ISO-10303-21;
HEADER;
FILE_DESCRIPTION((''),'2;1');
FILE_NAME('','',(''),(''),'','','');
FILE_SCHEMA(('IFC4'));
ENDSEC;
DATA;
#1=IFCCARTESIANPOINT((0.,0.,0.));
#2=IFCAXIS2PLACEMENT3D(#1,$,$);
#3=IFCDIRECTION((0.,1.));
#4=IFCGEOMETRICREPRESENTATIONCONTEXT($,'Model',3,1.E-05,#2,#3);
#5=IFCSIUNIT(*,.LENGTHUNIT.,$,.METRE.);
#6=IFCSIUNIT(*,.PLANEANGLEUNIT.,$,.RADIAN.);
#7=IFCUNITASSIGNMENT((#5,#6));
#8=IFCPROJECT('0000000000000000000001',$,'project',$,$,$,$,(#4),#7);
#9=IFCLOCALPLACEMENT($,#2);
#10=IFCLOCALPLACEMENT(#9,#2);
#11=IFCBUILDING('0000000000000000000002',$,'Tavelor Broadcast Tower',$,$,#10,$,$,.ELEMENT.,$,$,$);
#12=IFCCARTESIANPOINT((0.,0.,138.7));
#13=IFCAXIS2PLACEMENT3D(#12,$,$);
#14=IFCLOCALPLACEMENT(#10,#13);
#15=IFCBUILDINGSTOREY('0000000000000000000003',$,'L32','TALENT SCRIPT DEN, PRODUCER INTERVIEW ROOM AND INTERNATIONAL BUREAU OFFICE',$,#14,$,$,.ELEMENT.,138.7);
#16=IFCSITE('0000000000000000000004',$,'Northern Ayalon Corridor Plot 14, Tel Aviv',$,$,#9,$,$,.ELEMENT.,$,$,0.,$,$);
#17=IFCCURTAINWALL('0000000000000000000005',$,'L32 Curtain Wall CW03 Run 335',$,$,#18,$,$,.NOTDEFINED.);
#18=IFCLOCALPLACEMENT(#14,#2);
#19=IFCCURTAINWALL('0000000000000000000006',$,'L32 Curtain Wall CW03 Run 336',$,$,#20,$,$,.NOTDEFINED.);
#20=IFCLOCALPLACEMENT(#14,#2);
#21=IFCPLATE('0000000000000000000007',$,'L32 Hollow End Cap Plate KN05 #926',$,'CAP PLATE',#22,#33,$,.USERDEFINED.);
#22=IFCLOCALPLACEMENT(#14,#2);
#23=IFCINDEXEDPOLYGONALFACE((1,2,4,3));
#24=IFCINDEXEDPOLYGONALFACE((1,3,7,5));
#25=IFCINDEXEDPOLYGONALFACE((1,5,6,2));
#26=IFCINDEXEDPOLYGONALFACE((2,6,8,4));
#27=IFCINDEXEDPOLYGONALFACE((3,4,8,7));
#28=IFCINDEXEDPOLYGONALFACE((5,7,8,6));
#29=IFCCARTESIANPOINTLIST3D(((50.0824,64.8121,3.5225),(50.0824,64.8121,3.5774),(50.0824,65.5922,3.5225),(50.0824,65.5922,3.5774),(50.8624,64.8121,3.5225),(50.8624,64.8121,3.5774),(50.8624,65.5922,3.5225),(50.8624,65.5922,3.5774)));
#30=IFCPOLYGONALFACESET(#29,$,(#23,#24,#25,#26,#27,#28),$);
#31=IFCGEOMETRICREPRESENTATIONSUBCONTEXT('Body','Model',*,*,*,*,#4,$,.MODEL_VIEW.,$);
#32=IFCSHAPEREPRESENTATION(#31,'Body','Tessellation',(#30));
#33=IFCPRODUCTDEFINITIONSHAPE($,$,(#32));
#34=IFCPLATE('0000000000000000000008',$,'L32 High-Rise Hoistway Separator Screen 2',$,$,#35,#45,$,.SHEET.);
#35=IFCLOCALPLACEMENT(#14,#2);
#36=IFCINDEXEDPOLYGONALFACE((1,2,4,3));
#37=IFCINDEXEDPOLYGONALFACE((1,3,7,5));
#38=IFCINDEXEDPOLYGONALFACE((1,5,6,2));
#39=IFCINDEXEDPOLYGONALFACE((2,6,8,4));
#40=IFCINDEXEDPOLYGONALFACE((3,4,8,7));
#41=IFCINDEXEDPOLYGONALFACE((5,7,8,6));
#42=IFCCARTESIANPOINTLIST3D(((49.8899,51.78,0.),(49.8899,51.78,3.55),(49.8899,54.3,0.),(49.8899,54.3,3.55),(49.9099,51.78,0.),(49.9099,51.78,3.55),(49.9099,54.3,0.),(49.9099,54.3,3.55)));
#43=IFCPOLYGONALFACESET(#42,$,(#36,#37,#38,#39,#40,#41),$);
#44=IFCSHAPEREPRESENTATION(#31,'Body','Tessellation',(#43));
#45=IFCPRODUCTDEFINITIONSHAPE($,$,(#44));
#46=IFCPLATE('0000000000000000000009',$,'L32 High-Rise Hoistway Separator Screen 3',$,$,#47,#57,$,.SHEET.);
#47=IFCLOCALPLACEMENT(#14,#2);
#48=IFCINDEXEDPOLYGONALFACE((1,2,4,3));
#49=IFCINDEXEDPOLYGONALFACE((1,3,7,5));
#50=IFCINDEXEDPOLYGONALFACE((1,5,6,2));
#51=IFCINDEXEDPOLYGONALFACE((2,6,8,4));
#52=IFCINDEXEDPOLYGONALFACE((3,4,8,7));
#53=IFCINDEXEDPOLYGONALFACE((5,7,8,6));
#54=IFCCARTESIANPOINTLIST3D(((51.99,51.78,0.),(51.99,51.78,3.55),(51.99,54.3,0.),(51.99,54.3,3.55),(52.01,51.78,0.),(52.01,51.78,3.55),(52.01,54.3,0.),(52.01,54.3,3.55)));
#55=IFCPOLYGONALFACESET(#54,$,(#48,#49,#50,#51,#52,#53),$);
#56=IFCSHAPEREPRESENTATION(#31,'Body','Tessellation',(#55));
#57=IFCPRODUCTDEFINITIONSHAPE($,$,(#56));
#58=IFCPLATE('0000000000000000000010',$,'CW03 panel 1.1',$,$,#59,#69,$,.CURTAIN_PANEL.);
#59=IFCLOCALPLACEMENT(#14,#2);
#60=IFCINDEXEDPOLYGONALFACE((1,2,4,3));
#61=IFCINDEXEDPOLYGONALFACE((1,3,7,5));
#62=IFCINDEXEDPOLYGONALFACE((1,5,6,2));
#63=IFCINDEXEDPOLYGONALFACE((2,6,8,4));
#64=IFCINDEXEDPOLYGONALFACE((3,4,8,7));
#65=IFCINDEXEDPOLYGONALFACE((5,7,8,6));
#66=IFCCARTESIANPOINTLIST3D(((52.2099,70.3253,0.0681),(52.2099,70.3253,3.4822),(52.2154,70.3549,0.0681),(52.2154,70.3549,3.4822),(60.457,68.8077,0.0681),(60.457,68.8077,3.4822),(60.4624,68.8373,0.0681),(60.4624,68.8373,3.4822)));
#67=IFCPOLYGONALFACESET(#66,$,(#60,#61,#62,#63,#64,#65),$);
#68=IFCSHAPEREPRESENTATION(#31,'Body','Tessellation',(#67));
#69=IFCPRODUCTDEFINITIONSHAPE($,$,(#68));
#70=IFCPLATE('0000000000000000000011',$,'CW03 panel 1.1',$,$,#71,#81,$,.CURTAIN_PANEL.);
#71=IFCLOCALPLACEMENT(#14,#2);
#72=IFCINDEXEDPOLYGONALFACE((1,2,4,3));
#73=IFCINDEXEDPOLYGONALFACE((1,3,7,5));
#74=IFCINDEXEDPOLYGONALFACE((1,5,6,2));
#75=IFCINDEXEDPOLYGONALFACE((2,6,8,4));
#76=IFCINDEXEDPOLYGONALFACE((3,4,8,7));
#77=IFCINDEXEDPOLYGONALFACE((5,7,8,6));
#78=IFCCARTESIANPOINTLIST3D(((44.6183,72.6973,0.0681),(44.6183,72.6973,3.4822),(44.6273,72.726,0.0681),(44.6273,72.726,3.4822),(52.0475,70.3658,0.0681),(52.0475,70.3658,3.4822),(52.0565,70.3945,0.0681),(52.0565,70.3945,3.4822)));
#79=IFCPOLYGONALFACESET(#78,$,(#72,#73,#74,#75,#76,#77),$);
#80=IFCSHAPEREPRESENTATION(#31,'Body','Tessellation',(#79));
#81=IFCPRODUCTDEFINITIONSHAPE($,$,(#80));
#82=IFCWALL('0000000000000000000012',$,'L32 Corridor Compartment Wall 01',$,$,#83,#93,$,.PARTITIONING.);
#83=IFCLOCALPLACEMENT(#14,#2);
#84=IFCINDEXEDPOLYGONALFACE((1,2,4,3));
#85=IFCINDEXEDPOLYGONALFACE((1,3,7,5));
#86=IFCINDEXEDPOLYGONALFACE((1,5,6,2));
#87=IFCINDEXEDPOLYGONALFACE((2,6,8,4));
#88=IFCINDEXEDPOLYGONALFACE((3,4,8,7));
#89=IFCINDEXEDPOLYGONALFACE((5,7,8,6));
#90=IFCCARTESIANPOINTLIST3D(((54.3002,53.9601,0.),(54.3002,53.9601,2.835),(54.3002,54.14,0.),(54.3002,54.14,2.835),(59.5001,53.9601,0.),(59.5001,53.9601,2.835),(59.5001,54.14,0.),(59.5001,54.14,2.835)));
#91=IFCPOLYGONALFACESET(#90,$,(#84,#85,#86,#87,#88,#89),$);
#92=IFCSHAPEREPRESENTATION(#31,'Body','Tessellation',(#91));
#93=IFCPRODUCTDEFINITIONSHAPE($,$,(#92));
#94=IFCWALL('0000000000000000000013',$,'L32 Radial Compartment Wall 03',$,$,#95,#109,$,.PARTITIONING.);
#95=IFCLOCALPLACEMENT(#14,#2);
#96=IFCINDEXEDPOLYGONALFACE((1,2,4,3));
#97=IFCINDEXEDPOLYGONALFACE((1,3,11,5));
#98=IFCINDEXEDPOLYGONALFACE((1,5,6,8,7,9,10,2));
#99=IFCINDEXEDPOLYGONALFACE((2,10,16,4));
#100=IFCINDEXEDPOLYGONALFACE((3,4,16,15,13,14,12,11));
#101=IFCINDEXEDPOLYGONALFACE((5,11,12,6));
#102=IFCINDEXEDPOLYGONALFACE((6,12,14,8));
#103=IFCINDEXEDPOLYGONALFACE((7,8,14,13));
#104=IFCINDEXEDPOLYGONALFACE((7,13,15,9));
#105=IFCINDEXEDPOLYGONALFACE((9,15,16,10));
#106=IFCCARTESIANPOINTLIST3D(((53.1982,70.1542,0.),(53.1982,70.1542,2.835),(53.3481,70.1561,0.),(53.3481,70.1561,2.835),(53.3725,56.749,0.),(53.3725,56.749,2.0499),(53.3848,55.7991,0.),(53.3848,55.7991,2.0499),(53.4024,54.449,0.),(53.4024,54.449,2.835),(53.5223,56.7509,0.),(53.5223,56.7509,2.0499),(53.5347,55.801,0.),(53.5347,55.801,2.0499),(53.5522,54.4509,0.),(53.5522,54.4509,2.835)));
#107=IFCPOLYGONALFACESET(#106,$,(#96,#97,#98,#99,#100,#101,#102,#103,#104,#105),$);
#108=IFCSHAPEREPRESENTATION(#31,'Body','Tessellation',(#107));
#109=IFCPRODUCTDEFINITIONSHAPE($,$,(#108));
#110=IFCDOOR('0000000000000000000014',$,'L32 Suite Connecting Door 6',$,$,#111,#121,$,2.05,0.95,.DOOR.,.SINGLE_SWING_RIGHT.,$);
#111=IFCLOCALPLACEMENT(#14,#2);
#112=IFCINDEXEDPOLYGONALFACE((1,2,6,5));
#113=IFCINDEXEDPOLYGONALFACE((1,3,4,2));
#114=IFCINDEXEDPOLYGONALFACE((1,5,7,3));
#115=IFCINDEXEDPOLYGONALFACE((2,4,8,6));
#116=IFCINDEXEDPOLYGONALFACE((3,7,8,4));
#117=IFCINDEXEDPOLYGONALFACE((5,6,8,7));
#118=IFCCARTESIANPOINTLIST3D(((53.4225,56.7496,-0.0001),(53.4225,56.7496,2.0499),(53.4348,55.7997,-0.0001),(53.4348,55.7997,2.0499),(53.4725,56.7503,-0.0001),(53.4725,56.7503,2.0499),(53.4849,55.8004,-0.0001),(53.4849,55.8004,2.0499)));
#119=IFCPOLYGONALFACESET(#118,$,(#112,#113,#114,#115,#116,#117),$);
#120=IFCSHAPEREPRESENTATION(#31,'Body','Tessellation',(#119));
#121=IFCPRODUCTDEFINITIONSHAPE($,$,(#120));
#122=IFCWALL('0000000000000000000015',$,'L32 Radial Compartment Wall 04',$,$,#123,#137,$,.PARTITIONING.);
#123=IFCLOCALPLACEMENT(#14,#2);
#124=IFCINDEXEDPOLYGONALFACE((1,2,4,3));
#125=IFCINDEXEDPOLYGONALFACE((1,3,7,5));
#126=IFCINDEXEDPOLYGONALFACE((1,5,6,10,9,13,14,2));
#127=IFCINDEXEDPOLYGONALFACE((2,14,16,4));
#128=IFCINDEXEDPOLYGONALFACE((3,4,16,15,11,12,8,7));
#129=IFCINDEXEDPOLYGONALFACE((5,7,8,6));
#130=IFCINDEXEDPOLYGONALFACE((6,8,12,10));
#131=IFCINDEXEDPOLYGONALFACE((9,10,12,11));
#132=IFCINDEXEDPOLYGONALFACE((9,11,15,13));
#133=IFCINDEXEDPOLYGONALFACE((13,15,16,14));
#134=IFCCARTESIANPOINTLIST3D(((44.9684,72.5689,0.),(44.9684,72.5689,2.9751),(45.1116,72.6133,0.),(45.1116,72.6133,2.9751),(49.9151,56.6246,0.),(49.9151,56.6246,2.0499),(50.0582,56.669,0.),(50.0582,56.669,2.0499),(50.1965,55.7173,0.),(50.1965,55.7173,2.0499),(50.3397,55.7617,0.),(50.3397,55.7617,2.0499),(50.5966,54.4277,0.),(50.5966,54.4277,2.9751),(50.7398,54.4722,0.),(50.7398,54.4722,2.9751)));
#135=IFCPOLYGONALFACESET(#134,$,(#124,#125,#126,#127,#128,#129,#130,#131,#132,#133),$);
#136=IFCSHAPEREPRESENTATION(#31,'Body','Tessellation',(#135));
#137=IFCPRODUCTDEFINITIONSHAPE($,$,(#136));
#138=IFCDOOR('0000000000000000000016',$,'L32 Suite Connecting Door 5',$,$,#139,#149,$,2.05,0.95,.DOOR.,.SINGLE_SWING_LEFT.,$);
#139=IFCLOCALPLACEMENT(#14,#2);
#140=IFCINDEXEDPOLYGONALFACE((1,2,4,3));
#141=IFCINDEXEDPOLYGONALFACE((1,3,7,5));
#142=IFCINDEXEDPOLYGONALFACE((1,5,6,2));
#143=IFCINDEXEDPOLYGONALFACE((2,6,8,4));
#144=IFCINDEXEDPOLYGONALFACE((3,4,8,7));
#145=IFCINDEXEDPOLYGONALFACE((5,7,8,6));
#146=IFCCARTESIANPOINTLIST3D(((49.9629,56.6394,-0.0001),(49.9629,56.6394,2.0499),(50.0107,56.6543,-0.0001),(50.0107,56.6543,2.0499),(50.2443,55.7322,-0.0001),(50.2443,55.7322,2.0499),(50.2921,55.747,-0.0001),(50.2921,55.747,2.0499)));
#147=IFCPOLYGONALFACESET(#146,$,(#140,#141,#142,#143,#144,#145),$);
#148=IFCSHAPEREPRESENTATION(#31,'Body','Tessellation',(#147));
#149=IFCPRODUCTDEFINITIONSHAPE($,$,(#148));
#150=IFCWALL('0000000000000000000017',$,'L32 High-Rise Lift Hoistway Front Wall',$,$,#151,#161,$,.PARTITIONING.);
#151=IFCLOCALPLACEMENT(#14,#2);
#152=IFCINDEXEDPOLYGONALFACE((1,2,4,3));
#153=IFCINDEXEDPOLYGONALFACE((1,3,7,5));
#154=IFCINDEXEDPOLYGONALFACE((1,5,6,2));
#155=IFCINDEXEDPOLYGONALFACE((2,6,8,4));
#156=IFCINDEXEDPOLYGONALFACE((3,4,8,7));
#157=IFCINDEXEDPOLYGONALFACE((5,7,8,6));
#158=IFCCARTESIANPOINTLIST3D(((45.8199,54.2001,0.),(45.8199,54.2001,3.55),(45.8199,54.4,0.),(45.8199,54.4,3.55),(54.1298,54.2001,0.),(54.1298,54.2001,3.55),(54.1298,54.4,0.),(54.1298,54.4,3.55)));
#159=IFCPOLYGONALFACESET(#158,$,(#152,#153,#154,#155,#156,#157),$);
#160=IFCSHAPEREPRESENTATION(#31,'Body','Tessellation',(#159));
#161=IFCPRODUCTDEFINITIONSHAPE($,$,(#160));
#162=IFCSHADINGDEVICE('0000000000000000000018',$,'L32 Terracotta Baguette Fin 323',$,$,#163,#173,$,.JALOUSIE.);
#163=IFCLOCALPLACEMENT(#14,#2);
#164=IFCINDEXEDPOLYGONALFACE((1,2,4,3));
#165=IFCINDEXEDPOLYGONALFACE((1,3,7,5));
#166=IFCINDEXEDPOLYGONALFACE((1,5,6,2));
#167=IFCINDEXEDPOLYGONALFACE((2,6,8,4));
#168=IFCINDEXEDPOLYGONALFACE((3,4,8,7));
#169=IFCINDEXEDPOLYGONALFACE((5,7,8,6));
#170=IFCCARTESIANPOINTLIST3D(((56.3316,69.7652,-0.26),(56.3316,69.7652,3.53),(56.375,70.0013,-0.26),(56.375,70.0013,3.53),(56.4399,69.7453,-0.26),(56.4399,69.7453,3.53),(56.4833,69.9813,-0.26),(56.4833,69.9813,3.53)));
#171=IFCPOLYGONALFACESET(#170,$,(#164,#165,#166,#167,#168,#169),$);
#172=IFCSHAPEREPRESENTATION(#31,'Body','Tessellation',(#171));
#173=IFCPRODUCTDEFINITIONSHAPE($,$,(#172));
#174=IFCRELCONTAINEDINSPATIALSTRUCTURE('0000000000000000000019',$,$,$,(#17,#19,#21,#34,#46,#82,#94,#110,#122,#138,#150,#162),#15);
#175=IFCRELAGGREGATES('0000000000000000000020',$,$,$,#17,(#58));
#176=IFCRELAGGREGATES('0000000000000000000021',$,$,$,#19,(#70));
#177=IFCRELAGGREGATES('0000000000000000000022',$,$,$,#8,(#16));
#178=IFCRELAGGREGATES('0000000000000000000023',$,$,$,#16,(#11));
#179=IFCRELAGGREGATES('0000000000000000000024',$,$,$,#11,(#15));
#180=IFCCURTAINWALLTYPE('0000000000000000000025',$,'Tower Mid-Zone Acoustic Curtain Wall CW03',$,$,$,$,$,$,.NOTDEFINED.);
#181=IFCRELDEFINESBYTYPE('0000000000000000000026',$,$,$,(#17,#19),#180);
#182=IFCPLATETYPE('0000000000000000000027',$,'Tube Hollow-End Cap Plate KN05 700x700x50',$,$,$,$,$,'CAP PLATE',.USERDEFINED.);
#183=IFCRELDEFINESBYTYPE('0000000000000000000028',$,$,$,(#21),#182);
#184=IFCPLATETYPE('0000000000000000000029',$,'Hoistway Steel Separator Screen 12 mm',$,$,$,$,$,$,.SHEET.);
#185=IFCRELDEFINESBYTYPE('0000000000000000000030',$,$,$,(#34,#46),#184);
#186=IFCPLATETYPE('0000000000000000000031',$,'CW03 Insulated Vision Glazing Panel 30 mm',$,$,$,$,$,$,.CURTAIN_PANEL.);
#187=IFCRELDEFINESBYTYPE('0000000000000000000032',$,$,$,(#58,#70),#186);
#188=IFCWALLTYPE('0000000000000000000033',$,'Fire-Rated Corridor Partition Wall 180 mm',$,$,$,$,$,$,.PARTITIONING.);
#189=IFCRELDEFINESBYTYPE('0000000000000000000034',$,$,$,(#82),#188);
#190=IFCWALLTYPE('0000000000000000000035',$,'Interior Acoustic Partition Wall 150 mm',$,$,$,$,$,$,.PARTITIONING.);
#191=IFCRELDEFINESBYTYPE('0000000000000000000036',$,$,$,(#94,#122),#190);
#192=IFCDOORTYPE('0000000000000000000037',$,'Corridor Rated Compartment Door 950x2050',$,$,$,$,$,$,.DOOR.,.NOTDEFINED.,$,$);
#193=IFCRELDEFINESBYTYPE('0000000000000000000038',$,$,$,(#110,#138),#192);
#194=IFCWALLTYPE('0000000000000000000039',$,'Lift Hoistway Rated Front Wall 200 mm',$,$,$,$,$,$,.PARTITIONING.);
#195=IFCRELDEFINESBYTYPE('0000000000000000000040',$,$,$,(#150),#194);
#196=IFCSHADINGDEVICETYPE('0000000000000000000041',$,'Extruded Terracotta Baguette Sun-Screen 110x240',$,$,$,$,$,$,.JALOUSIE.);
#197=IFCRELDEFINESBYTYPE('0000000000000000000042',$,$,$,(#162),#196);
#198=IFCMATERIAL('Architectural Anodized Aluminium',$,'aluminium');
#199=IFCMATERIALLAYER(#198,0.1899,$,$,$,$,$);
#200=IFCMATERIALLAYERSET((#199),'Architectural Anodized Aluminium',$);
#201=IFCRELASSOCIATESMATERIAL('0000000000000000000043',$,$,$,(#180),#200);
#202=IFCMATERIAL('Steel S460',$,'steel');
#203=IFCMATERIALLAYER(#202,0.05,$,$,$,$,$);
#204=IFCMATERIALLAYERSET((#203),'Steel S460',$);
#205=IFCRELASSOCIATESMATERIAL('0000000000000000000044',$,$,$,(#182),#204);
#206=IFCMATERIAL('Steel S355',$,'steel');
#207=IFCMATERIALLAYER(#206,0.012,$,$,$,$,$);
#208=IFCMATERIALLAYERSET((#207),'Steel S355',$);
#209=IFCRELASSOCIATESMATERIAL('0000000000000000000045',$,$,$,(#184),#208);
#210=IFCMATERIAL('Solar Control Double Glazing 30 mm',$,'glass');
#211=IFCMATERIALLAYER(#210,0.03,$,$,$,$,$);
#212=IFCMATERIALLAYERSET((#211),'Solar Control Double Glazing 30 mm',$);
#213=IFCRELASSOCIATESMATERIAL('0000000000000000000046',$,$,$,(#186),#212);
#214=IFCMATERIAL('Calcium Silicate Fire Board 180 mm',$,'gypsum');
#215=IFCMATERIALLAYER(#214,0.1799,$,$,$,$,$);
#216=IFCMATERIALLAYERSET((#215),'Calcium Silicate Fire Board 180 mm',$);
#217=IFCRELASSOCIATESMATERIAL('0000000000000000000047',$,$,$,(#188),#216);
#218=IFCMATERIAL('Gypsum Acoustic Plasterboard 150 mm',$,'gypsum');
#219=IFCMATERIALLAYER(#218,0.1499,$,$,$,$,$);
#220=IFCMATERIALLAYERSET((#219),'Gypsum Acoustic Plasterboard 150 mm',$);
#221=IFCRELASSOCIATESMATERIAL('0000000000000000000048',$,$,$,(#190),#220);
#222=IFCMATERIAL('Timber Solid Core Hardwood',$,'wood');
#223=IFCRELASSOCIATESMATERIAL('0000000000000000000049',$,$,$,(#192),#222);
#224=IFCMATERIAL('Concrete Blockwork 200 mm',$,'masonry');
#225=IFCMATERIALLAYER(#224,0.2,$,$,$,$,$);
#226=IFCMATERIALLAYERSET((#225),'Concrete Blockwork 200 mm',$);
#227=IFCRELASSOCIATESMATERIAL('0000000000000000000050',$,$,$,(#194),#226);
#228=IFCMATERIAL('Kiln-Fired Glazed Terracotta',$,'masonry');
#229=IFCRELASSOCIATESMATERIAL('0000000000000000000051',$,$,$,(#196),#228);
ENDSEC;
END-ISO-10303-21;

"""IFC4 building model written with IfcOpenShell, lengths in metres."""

from ifc_helpers import new_model, si_unit, direction, frame, frame_2d, origin, origin_2d, place, context, subcontext, project, spatial, rectangle, extrude, source, transform, mapped, material, layer, layer_set, type_object, type_shapes, element, fill, aggregate, save


model = new_model("IFC4")

# Units and contexts
model_context = context("Model", 3, precision=1e-05, world=origin(), true_north=direction((0.0, 1.0)))
body_context = subcontext(model_context, "Body", "Model", "MODEL_VIEW")
ifc_project = project(units=[si_unit("LENGTHUNIT", "METRE"), si_unit("PLANEANGLEUNIT", "RADIAN")], contexts=[model_context])

# Site, building, storey
site_placement = place(None, origin())
site = spatial("IfcSite", under=ifc_project, at=site_placement, Name="Northern Ayalon Corridor Plot 14, Tel Aviv", CompositionType="ELEMENT", RefElevation=0.0)
building_placement = place(site_placement, origin())
building = spatial("IfcBuilding", under=site, at=building_placement, Name="Tavelor Broadcast Tower", CompositionType="ELEMENT")
storey_placement = place(building_placement, frame((0.0, 0.0, 138.7)))
storey = spatial("IfcBuildingStorey", under=building, at=storey_placement, Name="L32", Description="TALENT SCRIPT DEN, PRODUCER INTERVIEW ROOM AND INTERNATIONAL BUREAU OFFICE", CompositionType="ELEMENT", Elevation=138.7)

# Shared definitions
ifc_material_1 = material(Name="Steel S460", Category="steel")

# Shared definitions
ifc_material_2 = material(Name="Steel S355", Category="steel")

# Curtain wall
ifc_material_3 = material(Name="Architectural Anodized Aluminium", Category="aluminium")
ifc_layer_1 = layer(ifc_material_3, 0.1899)
ifc_layer_set_1 = layer_set([ifc_layer_1], Name="Architectural Anodized Aluminium")
curtain_wall_type = type_object("IfcCurtainWallType", Name="Tower Mid-Zone Acoustic Curtain Wall CW03", PredefinedType="NOTDEFINED", material=ifc_layer_set_1)
curtain_wall_1_placement = place(storey_placement, origin())
curtain_wall_1 = element("IfcCurtainWall", 1, at=curtain_wall_1_placement, inside=storey, type_object=curtain_wall_type, Name="L32 Curtain Wall CW03 Run 335", PredefinedType="NOTDEFINED")

# Curtain wall
curtain_wall_2_placement = place(storey_placement, origin())
curtain_wall_2 = element("IfcCurtainWall", 2, at=curtain_wall_2_placement, inside=storey, type_object=curtain_wall_type, Name="L32 Curtain Wall CW03 Run 336", PredefinedType="NOTDEFINED")

# Plates
ifc_layer_2 = layer(ifc_material_1, 0.05)
ifc_layer_set_2 = layer_set([ifc_layer_2], Name="Steel S460")
plate_type_1 = type_object("IfcPlateType", Name="Tube Hollow-End Cap Plate KN05 700x700x50", ElementType="CAP PLATE", PredefinedType="USERDEFINED", material=ifc_layer_set_2)
shared_shape_1 = source(origin(), body_context, "Body", "SweptSolid", [
    extrude(rectangle(XDim=0.78, YDim=0.78, at=origin_2d()), origin(), (0.0, 0.0, 1.0), 0.0549),
])
type_shapes(plate_type_1, [shared_shape_1])
plate_1_placement = place(storey_placement, frame((50.4724, 65.2021, 3.5225), z_axis=(0.0, 0.0, 1.0), x_axis=(1.0, 0.0, 0.0)))
element("IfcPlate", 3, at=plate_1_placement, inside=storey, type_object=plate_type_1, Name="L32 Hollow End Cap Plate KN05 #926", ObjectType="CAP PLATE", PredefinedType="USERDEFINED", context=body_context, shape_type="MappedRepresentation", body=[
    mapped(shared_shape_1, transform((0.0, 0.0, 0.0), scale=1.0)),
])
ifc_layer_3 = layer(ifc_material_2, 0.012)
ifc_layer_set_3 = layer_set([ifc_layer_3], Name="Steel S355")
plate_type_2 = type_object("IfcPlateType", Name="Hoistway Steel Separator Screen 12 mm", PredefinedType="SHEET", material=ifc_layer_set_3)
shared_shape_2 = source(origin(), body_context, "Body", "SweptSolid", [
    extrude(rectangle(XDim=0.02, YDim=2.52, at=origin_2d()), origin(), (0.0, 0.0, 1.0), 3.55),
])
type_shapes(plate_type_2, [shared_shape_2])
for number, where, z_axis, x_axis, name in (
    (4, (49.8999, 53.04, 0.0), (0.0, 0.0, 1.0), (1.0, 0.0, 0.0), "L32 High-Rise Hoistway Separator Screen 2"),
    (5, (52.0, 53.04, 0.0), (0.0, 0.0, 1.0), (1.0, 0.0, 0.0), "L32 High-Rise Hoistway Separator Screen 3"),
):
    element("IfcPlate", number, at=place(storey_placement, frame(where, z_axis=z_axis, x_axis=x_axis)), inside=storey, type_object=plate_type_2, Name=name, PredefinedType="SHEET", context=body_context, shape_type="MappedRepresentation", body=[
        mapped(shared_shape_2, transform((0.0, 0.0, 0.0), scale=1.0)),
    ])

# Plates
ifc_material_4 = material(Name="Solar Control Double Glazing 30 mm", Category="glass")
ifc_layer_4 = layer(ifc_material_4, 0.03)
ifc_layer_set_4 = layer_set([ifc_layer_4], Name="Solar Control Double Glazing 30 mm")
plate_type_3 = type_object("IfcPlateType", Name="CW03 Insulated Vision Glazing Panel 30 mm", PredefinedType="CURTAIN_PANEL", material=ifc_layer_set_4)
shared_shape_3 = source(origin(), body_context, "Body", "SweptSolid", [
    extrude(rectangle(XDim=8.3855, YDim=0.03, at=origin_2d()), origin(), (0.0, 0.0, 1.0), 3.4141),
])
plate_2_placement = place(storey_placement, frame((56.3362, 69.5813, 0.0681), z_axis=(0.0, 0.0, 1.0), x_axis=(-0.983487, 0.180977, 0.0)))
plate_2 = element("IfcPlate", 6, at=plate_2_placement, type_object=plate_type_3, Name="CW03 panel 1.1", PredefinedType="CURTAIN_PANEL", context=body_context, shape_type="MappedRepresentation", body=[
    mapped(shared_shape_3, transform((0.0, 0.0, 0.0), scale=1.0)),
])
aggregate(curtain_wall_1, [plate_2])
shared_shape_4 = source(origin(), body_context, "Body", "SweptSolid", [
    extrude(rectangle(XDim=7.7864, YDim=0.03, at=origin_2d()), origin(), (0.0, 0.0, 1.0), 3.4141),
])
type_shapes(plate_type_3, [shared_shape_3, shared_shape_4])
plate_3_placement = place(storey_placement, frame((48.3374, 71.5459, 0.0681), z_axis=(0.0, 0.0, 1.0), x_axis=(-0.954117, 0.299433, 0.0)))
plate_3 = element("IfcPlate", 7, at=plate_3_placement, type_object=plate_type_3, Name="CW03 panel 1.1", PredefinedType="CURTAIN_PANEL", context=body_context, shape_type="MappedRepresentation", body=[
    mapped(shared_shape_4, transform((0.0, 0.0, 0.0), scale=1.0)),
])
aggregate(curtain_wall_2, [plate_3])

# Wall
ifc_material_5 = material(Name="Calcium Silicate Fire Board 180 mm", Category="gypsum")
ifc_layer_5 = layer(ifc_material_5, 0.1799)
ifc_layer_set_5 = layer_set([ifc_layer_5], Name="Calcium Silicate Fire Board 180 mm")
wall_type_1 = type_object("IfcWallType", Name="Fire-Rated Corridor Partition Wall 180 mm", PredefinedType="PARTITIONING", material=ifc_layer_set_5)
wall_1_placement = place(storey_placement, frame((54.3, 54.05, 0.0), z_axis=(0.0, 0.0, 1.0), x_axis=(1.0, 0.0, 0.0)))
element("IfcWall", 8, at=wall_1_placement, inside=storey, type_object=wall_type_1, Name="L32 Corridor Compartment Wall 01", PredefinedType="PARTITIONING", context=body_context, shape_type="SweptSolid", body=[
    extrude(rectangle(XDim=5.2, YDim=0.1799, at=frame_2d((2.6001, 0.0))), origin(), (0.0, 0.0, 1.0), 2.835),
])

# Walls, openings, doors
ifc_material_6 = material(Name="Gypsum Acoustic Plasterboard 150 mm", Category="gypsum")
ifc_layer_6 = layer(ifc_material_6, 0.1499)
ifc_layer_set_6 = layer_set([ifc_layer_6], Name="Gypsum Acoustic Plasterboard 150 mm")
wall_type_2 = type_object("IfcWallType", Name="Interior Acoustic Partition Wall 150 mm", PredefinedType="PARTITIONING", material=ifc_layer_set_6)
wall_2_placement = place(storey_placement, frame((53.4773, 54.45, 0.0), z_axis=(0.0, 0.0, 1.0), x_axis=(-0.012995, 0.999916, 0.0)))
wall_2 = element("IfcWall", 9, at=wall_2_placement, inside=storey, type_object=wall_type_2, Name="L32 Radial Compartment Wall 03", PredefinedType="PARTITIONING", context=body_context, shape_type="SweptSolid", body=[
    extrude(rectangle(XDim=15.7065, YDim=0.1499, at=frame_2d((7.8533, 0.0))), origin(), (0.0, 0.0, 1.0), 2.835),
])
opening_1_placement = place(wall_2_placement, frame((1.3501, 0.0, 0.0)))
opening_1 = element("IfcOpeningElement", 10, at=opening_1_placement, cuts=wall_2, PredefinedType="OPENING", context=body_context, shape_type="SweptSolid", body=[
    extrude(rectangle(XDim=0.95, YDim=2.05, at=frame_2d((0.4751, 1.0249))), frame((0.0, 0.085, 0.0), z_axis=(0.0, -1.0, 0.0), x_axis=(1.0, 0.0, 0.0)), (0.0, 0.0, 1.0), 0.1699),
])
ifc_material_7 = material(Name="Timber Solid Core Hardwood", Category="wood")
door_type = type_object("IfcDoorType", Name="Corridor Rated Compartment Door 950x2050", OperationType="NOTDEFINED", PredefinedType="DOOR", material=ifc_material_7)
door_1_placement = place(opening_1_placement, origin())
door_1 = element("IfcDoor", 11, at=door_1_placement, inside=storey, type_object=door_type, Name="L32 Suite Connecting Door 6", OperationType="SINGLE_SWING_RIGHT", OverallHeight=2.05, OverallWidth=0.95, PredefinedType="DOOR", context=body_context, shape_type="SweptSolid", body=[
    extrude(rectangle(XDim=0.95, YDim=2.05, at=frame_2d((0.4751, 1.0249))), frame((0.0, 0.0249, 0.0), z_axis=(0.0, -1.0, 0.0), x_axis=(1.0, 0.0, 0.0)), (0.0, 0.0, 1.0), 0.05),
])
fill(opening_1, door_1)
wall_3_placement = place(storey_placement, frame((50.6682, 54.45, 0.0), z_axis=(0.0, 0.0, 1.0), x_axis=(-0.296311, 0.955091, 0.0)))
wall_3 = element("IfcWall", 12, at=wall_3_placement, inside=storey, type_object=wall_type_2, Name="L32 Radial Compartment Wall 04", PredefinedType="PARTITIONING", context=body_context, shape_type="SweptSolid", body=[
    extrude(rectangle(XDim=18.9941, YDim=0.1499, at=frame_2d((9.4971, 0.0))), origin(), (0.0, 0.0, 1.0), 2.9751),
])
opening_2_placement = place(wall_3_placement, frame((1.3501, 0.0, 0.0)))
opening_2 = element("IfcOpeningElement", 13, at=opening_2_placement, cuts=wall_3, PredefinedType="OPENING", context=body_context, shape_type="SweptSolid", body=[
    extrude(rectangle(XDim=0.95, YDim=2.05, at=frame_2d((0.4751, 1.0249))), frame((0.0, 0.085, 0.0), z_axis=(0.0, -1.0, 0.0), x_axis=(1.0, 0.0, 0.0)), (0.0, 0.0, 1.0), 0.1699),
])
door_2_placement = place(opening_2_placement, origin())
door_2 = element("IfcDoor", 14, at=door_2_placement, inside=storey, type_object=door_type, Name="L32 Suite Connecting Door 5", OperationType="SINGLE_SWING_LEFT", OverallHeight=2.05, OverallWidth=0.95, PredefinedType="DOOR", context=body_context, shape_type="SweptSolid", body=[
    extrude(rectangle(XDim=0.95, YDim=2.05, at=frame_2d((0.4751, 1.0249))), frame((0.0, 0.0249, 0.0), z_axis=(0.0, -1.0, 0.0), x_axis=(1.0, 0.0, 0.0)), (0.0, 0.0, 1.0), 0.05),
])
fill(opening_2, door_2)

# Wall
ifc_material_8 = material(Name="Concrete Blockwork 200 mm", Category="masonry")
ifc_layer_7 = layer(ifc_material_8, 0.2)
ifc_layer_set_7 = layer_set([ifc_layer_7], Name="Concrete Blockwork 200 mm")
wall_type_3 = type_object("IfcWallType", Name="Lift Hoistway Rated Front Wall 200 mm", PredefinedType="PARTITIONING", material=ifc_layer_set_7)
wall_4_placement = place(storey_placement, frame((45.8201, 54.3, 0.0), z_axis=(0.0, 0.0, 1.0), x_axis=(1.0, 0.0, 0.0)))
element("IfcWall", 15, at=wall_4_placement, inside=storey, type_object=wall_type_3, Name="L32 High-Rise Lift Hoistway Front Wall", PredefinedType="PARTITIONING", context=body_context, shape_type="SweptSolid", body=[
    extrude(rectangle(XDim=8.3098, YDim=0.2, at=frame_2d((4.1548, 0.0))), origin(), (0.0, 0.0, 1.0), 3.55),
])

# Shading device
ifc_material_9 = material(Name="Kiln-Fired Glazed Terracotta", Category="masonry")
shading_device_type = type_object("IfcShadingDeviceType", Name="Extruded Terracotta Baguette Sun-Screen 110x240", PredefinedType="JALOUSIE", material=ifc_material_9)
shared_shape_5 = source(origin(), body_context, "Body", "SweptSolid", [
    extrude(rectangle(XDim=0.1101, YDim=0.24, at=origin_2d()), origin(), (0.0, 0.0, 1.0), 3.79),
])
type_shapes(shading_device_type, [shared_shape_5])
for number, where, z_axis, x_axis, name in (
    (16, (56.4075, 69.8733, -0.26), (0.0, 0.0, 1.0), (-0.983477, 0.181034, 0.0), "L32 Terracotta Baguette Fin 323"),
):
    element("IfcShadingDevice", number, at=place(storey_placement, frame(where, z_axis=z_axis, x_axis=x_axis)), inside=storey, type_object=shading_device_type, Name=name, PredefinedType="JALOUSIE", context=body_context, shape_type="MappedRepresentation", body=[
        mapped(shared_shape_5, transform((0.0, 0.0, 0.0), scale=1.0)),
    ])

save(model, "model.ifc")
